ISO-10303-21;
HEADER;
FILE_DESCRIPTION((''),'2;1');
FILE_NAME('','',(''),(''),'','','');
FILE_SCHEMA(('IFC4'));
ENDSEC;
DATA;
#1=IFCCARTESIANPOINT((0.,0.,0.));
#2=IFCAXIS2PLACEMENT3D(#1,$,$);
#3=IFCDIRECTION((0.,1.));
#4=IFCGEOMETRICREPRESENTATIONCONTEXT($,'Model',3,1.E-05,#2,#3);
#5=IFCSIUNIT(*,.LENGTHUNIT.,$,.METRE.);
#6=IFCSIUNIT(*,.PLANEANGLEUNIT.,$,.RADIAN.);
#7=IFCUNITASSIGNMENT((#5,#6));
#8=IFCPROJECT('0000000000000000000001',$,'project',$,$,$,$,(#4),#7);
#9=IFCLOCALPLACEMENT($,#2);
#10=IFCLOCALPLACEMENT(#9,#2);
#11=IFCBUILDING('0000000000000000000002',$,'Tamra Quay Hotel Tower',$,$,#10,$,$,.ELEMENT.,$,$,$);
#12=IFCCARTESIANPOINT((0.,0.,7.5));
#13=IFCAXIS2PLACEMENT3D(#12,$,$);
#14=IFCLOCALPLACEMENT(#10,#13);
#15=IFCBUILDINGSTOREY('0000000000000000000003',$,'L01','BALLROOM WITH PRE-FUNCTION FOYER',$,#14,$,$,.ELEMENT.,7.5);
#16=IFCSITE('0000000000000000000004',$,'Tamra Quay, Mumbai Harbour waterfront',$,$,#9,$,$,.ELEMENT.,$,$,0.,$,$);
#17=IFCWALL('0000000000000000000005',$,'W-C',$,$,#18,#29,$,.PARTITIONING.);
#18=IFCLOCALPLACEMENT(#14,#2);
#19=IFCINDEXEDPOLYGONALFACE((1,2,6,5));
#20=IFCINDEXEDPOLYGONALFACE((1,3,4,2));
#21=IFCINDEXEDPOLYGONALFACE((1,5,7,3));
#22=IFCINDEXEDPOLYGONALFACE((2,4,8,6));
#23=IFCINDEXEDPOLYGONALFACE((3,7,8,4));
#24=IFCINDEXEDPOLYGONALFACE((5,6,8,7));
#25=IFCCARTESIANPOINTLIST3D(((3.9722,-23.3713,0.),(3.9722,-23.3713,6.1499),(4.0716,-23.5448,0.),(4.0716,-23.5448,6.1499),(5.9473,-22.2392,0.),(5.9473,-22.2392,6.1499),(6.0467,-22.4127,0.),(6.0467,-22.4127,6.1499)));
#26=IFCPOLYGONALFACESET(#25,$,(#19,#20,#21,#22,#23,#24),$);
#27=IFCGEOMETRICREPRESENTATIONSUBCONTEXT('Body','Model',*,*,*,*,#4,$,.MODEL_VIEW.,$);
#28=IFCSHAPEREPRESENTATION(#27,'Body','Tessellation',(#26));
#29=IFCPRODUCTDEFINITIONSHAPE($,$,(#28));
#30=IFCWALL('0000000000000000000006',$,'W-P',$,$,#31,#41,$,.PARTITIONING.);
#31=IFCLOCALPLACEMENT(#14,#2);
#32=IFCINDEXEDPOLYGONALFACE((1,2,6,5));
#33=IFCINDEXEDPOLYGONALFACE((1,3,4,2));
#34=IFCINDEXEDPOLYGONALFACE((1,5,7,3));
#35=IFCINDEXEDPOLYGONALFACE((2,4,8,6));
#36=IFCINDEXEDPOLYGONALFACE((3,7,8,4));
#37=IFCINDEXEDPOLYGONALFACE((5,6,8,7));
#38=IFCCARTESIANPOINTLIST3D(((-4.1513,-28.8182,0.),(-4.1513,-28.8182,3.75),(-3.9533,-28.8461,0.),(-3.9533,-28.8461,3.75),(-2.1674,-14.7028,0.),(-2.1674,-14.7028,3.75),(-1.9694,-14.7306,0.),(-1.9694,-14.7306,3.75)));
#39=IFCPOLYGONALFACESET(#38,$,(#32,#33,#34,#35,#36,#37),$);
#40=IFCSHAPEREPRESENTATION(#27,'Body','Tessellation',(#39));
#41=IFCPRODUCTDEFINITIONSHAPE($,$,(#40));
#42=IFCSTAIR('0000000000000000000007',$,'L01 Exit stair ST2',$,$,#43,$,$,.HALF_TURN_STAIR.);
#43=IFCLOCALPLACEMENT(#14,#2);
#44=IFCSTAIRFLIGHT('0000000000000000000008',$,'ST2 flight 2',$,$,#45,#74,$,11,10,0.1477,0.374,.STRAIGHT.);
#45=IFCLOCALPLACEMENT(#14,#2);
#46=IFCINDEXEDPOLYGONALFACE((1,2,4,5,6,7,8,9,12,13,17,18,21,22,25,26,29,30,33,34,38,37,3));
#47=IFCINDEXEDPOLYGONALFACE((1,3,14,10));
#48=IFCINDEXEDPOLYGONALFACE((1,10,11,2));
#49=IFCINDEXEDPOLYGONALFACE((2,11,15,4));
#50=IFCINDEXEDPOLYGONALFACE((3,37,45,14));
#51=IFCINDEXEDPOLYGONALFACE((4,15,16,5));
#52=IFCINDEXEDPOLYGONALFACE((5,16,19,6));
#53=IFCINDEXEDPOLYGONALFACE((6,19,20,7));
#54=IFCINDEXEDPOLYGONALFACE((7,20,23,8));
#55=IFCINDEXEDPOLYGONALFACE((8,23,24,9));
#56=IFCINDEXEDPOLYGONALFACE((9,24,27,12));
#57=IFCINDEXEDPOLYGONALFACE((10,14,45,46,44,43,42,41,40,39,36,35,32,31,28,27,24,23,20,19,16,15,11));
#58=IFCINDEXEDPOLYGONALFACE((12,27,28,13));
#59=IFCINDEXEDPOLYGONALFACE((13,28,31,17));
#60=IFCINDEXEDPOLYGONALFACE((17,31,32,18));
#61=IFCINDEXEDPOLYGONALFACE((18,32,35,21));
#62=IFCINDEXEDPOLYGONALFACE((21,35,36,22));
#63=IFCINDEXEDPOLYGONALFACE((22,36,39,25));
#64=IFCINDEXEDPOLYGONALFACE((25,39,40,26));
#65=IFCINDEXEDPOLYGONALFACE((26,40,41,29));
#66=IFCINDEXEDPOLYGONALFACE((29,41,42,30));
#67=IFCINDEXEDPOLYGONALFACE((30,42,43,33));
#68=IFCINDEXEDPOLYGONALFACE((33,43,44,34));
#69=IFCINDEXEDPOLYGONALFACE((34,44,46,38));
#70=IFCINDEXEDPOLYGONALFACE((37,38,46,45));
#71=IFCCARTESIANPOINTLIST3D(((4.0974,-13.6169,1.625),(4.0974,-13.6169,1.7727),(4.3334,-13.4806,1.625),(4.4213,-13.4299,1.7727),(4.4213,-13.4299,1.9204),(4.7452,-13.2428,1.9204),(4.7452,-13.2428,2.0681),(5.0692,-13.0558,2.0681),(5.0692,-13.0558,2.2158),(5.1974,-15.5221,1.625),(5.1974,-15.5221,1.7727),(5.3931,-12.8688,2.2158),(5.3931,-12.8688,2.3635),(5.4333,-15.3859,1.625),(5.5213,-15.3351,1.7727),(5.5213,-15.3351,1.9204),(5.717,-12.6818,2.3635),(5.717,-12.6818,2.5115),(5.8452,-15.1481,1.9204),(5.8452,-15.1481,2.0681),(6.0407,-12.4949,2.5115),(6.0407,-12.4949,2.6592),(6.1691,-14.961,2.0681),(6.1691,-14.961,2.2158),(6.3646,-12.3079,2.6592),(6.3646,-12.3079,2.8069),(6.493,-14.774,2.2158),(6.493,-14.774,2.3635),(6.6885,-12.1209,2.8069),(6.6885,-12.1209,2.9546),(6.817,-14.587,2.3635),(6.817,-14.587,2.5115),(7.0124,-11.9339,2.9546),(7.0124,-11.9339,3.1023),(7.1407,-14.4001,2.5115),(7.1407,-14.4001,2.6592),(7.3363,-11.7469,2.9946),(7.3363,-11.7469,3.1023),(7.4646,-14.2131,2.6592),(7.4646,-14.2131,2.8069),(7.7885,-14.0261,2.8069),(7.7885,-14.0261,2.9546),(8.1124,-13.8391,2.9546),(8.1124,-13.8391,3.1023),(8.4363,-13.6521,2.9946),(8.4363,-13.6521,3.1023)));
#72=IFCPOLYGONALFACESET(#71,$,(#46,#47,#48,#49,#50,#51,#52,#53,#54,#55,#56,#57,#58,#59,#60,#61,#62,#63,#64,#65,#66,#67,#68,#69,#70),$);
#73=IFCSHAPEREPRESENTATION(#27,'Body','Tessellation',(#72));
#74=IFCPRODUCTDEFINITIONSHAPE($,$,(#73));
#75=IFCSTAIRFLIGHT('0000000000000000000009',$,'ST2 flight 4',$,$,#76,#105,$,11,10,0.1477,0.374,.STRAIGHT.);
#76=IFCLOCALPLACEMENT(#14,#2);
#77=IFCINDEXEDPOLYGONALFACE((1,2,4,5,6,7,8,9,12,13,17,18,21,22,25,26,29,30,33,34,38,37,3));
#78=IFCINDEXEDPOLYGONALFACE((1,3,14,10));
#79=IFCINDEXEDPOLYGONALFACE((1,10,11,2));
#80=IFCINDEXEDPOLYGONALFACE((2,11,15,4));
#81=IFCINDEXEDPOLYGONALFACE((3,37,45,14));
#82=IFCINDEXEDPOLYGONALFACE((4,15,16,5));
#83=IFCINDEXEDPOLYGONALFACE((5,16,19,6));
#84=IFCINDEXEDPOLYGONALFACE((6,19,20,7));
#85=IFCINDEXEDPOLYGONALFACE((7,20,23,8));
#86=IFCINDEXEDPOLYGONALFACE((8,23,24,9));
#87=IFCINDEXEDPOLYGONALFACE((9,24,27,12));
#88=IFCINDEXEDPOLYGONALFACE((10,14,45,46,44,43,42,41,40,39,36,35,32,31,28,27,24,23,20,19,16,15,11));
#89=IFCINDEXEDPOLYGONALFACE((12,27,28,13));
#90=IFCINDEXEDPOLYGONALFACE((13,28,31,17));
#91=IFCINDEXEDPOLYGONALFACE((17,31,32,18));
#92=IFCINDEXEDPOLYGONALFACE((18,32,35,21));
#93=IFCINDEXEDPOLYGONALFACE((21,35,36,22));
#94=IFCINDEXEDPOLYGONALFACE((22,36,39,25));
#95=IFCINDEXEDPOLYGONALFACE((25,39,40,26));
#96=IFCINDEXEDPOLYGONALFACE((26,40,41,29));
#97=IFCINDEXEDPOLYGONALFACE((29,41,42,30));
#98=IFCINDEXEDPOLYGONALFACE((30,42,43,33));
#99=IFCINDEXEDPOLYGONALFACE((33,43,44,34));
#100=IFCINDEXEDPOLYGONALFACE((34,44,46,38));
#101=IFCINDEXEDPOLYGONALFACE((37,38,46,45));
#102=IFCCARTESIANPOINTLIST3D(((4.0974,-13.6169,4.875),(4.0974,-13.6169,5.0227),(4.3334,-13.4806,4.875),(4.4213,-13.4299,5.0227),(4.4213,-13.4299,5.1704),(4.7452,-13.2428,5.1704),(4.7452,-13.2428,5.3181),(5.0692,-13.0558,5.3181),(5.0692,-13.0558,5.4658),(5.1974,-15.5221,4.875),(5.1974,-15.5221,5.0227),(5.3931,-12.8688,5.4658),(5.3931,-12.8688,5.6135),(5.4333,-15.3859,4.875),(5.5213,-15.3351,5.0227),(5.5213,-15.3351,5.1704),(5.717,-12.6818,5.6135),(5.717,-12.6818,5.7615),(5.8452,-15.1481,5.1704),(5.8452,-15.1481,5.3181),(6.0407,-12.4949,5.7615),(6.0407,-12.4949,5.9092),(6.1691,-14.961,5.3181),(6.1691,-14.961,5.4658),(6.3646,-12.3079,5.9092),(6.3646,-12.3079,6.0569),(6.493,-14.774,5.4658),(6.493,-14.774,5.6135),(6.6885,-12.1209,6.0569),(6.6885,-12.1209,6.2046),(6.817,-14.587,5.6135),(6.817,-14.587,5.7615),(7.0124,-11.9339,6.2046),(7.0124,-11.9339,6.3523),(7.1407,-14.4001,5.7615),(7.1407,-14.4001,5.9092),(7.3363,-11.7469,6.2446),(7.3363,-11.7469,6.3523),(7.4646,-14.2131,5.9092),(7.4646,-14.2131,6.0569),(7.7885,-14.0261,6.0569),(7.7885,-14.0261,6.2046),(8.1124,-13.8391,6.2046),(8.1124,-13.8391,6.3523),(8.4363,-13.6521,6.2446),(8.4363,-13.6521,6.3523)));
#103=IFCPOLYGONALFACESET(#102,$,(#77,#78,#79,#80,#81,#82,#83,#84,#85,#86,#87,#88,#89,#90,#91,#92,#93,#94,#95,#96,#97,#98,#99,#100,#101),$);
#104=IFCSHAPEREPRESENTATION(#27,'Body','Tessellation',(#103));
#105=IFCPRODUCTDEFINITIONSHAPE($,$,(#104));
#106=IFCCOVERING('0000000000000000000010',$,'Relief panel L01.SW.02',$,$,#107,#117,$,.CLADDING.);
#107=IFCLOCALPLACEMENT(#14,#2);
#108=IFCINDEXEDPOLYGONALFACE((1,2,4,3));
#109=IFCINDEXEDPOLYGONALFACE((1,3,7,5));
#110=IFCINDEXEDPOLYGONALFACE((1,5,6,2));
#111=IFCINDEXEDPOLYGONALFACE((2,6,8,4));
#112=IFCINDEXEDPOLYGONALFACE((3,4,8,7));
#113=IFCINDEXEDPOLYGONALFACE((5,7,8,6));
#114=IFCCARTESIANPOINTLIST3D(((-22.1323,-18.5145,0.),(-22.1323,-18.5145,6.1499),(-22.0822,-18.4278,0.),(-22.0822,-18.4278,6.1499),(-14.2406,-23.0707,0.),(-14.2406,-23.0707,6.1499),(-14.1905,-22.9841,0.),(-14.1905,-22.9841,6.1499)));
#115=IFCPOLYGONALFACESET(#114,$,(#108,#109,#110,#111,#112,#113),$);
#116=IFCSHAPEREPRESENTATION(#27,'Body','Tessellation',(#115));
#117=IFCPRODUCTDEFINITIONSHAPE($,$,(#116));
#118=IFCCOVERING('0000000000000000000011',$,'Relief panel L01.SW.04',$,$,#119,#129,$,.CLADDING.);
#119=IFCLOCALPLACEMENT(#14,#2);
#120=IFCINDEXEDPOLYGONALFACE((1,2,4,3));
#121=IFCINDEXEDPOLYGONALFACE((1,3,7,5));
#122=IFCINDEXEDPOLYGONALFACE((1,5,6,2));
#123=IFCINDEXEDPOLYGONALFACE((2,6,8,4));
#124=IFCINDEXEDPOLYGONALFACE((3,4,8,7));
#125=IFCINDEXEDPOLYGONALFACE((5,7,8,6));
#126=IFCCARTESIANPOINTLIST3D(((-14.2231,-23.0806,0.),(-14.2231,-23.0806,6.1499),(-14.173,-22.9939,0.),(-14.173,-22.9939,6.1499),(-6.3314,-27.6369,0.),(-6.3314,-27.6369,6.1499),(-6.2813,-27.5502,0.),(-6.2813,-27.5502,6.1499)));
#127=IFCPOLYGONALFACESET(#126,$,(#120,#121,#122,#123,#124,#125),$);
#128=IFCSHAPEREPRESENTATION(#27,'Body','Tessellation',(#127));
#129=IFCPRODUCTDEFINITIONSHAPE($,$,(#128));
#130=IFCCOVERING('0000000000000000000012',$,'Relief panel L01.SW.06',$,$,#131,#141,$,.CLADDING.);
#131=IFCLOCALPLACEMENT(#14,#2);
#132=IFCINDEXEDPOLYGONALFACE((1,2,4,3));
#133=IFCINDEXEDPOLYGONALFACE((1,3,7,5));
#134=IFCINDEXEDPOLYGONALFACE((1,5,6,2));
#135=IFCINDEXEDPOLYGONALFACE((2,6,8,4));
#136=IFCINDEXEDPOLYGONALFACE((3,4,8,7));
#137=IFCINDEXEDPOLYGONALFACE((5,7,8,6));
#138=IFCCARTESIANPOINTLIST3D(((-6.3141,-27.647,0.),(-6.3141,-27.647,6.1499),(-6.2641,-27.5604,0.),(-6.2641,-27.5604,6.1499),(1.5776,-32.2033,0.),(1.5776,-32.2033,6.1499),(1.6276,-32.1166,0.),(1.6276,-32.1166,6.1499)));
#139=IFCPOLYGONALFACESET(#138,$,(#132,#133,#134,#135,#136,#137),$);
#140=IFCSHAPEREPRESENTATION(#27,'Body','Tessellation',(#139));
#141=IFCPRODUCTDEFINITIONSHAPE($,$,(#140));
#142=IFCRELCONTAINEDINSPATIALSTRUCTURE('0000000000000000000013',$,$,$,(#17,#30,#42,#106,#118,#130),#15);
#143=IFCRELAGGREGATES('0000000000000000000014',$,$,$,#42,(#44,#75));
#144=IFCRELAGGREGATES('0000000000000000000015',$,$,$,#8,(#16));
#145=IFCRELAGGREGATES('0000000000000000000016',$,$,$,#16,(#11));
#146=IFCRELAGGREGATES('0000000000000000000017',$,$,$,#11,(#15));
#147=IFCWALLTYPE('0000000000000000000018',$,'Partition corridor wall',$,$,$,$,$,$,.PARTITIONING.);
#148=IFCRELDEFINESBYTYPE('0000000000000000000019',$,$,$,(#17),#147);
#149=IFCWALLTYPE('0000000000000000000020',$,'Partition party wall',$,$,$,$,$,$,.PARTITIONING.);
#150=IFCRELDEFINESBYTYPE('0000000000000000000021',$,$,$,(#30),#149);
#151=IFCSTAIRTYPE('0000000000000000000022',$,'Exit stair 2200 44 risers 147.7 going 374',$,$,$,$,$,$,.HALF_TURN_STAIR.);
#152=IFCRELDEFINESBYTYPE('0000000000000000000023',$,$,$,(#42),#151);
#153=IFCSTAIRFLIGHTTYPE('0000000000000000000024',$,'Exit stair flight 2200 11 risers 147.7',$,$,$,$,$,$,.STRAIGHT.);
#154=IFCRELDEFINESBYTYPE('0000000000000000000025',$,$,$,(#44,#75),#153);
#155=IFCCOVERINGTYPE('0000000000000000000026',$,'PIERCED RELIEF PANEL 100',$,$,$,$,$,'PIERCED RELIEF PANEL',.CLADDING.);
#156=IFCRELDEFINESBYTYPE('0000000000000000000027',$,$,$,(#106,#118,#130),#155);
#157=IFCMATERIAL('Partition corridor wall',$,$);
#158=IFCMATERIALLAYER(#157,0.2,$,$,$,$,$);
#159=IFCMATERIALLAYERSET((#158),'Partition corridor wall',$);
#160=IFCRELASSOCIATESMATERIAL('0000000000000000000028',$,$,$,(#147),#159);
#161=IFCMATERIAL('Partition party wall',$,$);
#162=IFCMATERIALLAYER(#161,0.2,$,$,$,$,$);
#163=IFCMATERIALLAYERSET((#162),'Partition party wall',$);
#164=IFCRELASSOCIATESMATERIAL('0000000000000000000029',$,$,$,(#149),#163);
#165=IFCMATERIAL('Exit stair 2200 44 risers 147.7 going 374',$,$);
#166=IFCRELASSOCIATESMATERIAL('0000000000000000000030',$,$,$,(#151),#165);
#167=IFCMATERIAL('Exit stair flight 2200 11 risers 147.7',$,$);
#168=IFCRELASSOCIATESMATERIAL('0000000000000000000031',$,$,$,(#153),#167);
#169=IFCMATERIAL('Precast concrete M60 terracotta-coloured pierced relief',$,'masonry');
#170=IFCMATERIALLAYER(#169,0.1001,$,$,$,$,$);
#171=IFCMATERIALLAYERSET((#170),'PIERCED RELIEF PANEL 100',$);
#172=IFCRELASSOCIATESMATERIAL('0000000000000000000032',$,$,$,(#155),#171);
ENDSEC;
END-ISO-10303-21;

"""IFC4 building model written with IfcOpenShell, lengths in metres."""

from ifc_helpers import new_model, si_unit, direction, frame, frame_2d, origin, origin_2d, place, context, subcontext, project, spatial, polyline, rectangle, outline, extrude, material, layer, layer_set, type_object, element, aggregate, save


model = new_model("IFC4")

# Units and contexts
model_context = context("Model", 3, precision=1e-05, world=origin(), true_north=direction((0.0, 1.0)))
body_context = subcontext(model_context, "Body", "Model", "MODEL_VIEW")
ifc_project = project(units=[si_unit("LENGTHUNIT", "METRE"), si_unit("PLANEANGLEUNIT", "RADIAN")], contexts=[model_context])

# Site, building, storey
site_placement = place(None, origin())
site = spatial("IfcSite", under=ifc_project, at=site_placement, Name="Tamra Quay, Mumbai Harbour waterfront", CompositionType="ELEMENT", RefElevation=0.0)
building_placement = place(site_placement, origin())
building = spatial("IfcBuilding", under=site, at=building_placement, Name="Tamra Quay Hotel Tower", CompositionType="ELEMENT")
storey_placement = place(building_placement, frame((0.0, 0.0, 7.5)))
storey = spatial("IfcBuildingStorey", under=building, at=storey_placement, Name="L01", Description="BALLROOM WITH PRE-FUNCTION FOYER", CompositionType="ELEMENT", Elevation=7.5)

# Shared definitions
ifc_material_1 = material(Name="Partition corridor wall")
ifc_layer_1 = layer(ifc_material_1, 0.2)
ifc_layer_set_1 = layer_set([ifc_layer_1], Name="Partition corridor wall")
wall_type_1 = type_object("IfcWallType", Name="Partition corridor wall", PredefinedType="PARTITIONING", material=ifc_layer_set_1)

# Walls
wall_1_placement = place(storey_placement, frame((4.022, -23.458, 0.0), z_axis=(0.0, 0.0, 1.0), x_axis=(0.867589, 0.497282, 0.0)))
element("IfcWall", 1, at=wall_1_placement, inside=storey, type_object=wall_type_1, Name="W-C", PredefinedType="PARTITIONING", context=body_context, shape_type="SweptSolid", body=[
    extrude(rectangle(XDim=2.2766, YDim=0.2, at=frame_2d((1.1382, 0.0))), origin(), (0.0, 0.0, 1.0), 6.1499),
])
ifc_material_2 = material(Name="Partition party wall")
ifc_layer_2 = layer(ifc_material_2, 0.2)
ifc_layer_set_2 = layer_set([ifc_layer_2], Name="Partition party wall")
wall_type_2 = type_object("IfcWallType", Name="Partition party wall", PredefinedType="PARTITIONING", material=ifc_layer_set_2)
wall_2_placement = place(storey_placement, frame((-4.0522, -28.832, 0.0), z_axis=(0.0, 0.0, 1.0), x_axis=(0.139179, 0.990267, 0.0)))
element("IfcWall", 2, at=wall_2_placement, inside=storey, type_object=wall_type_2, Name="W-P", PredefinedType="PARTITIONING", context=body_context, shape_type="SweptSolid", body=[
    extrude(rectangle(XDim=14.2542, YDim=0.2, at=frame_2d((7.127, 0.0))), origin(), (0.0, 0.0, 1.0), 3.75),
])

# Stair, stair flights
ifc_material_3 = material(Name="Exit stair 2200 44 risers 147.7 going 374")
stair_type = type_object("IfcStairType", Name="Exit stair 2200 44 risers 147.7 going 374", PredefinedType="HALF_TURN_STAIR", material=ifc_material_3)
stair_placement = place(storey_placement, origin())
stair = element("IfcStair", 3, at=stair_placement, inside=storey, type_object=stair_type, Name="L01 Exit stair ST2", PredefinedType="HALF_TURN_STAIR")
ifc_material_4 = material(Name="Exit stair flight 2200 11 risers 147.7")
stair_flight_type = type_object("IfcStairFlightType", Name="Exit stair flight 2200 11 risers 147.7", PredefinedType="STRAIGHT", material=ifc_material_4)
stair_flight_1_placement = place(storey_placement, frame((4.6475, -14.5696, 1.625), z_axis=(0.0, 0.0, 1.0), x_axis=(0.866025, 0.5, 0.0)))
stair_flight_1 = element("IfcStairFlight", 4, at=stair_flight_1_placement, type_object=stair_flight_type, Name="ST2 flight 2", NumberOfRisers=11, NumberOfTreads=10, PredefinedType="STRAIGHT", RiserHeight=0.1477, TreadLength=0.374, context=body_context, shape_type="SweptSolid", body=[
    extrude(outline(polyline([(0.0, 0.0), (0.0, 0.1477), (0.374, 0.1477), (0.374, 0.2954), (0.748, 0.2954), (0.748, 0.4431), (1.1221, 0.4431), (1.1221, 0.5908), (1.4961, 0.5908), (1.4961, 0.7385), (1.8701, 0.7385), (1.8701, 0.8865), (2.2439, 0.8865), (2.2439, 1.0342), (2.6179, 1.0342), (2.6179, 1.1819), (2.9919, 1.1819), (2.9919, 1.3296), (3.366, 1.3296), (3.366, 1.4773), (3.74, 1.4773), (3.74, 1.625), (3.74, 1.3696), (0.2725, 0.0), (0.0, 0.0)])), frame((0.0, 1.1001, 0.0), z_axis=(0.0, -1.0, 0.0), x_axis=(1.0, 0.0, 0.0)), (0.0, 0.0, 1.0), 2.2),
])
stair_flight_2_placement = place(storey_placement, frame((4.6475, -14.5696, 4.875), z_axis=(0.0, 0.0, 1.0), x_axis=(0.866025, 0.5, 0.0)))
stair_flight_2 = element("IfcStairFlight", 5, at=stair_flight_2_placement, type_object=stair_flight_type, Name="ST2 flight 4", NumberOfRisers=11, NumberOfTreads=10, PredefinedType="STRAIGHT", RiserHeight=0.1477, TreadLength=0.374, context=body_context, shape_type="SweptSolid", body=[
    extrude(outline(polyline([(0.0, 0.0), (0.0, 0.1477), (0.374, 0.1477), (0.374, 0.2954), (0.748, 0.2954), (0.748, 0.4431), (1.1221, 0.4431), (1.1221, 0.5908), (1.4961, 0.5908), (1.4961, 0.7385), (1.8701, 0.7385), (1.8701, 0.8865), (2.2439, 0.8865), (2.2439, 1.0342), (2.6179, 1.0342), (2.6179, 1.1819), (2.9919, 1.1819), (2.9919, 1.3296), (3.366, 1.3296), (3.366, 1.4773), (3.74, 1.4773), (3.74, 1.625), (3.74, 1.3696), (0.2725, 0.0), (0.0, 0.0)])), frame((0.0, 1.1001, 0.0), z_axis=(0.0, -1.0, 0.0), x_axis=(1.0, 0.0, 0.0)), (0.0, 0.0, 1.0), 2.2),
])
aggregate(stair, [stair_flight_1, stair_flight_2])

# Coverings
ifc_material_5 = material(Name="Precast concrete M60 terracotta-coloured pierced relief", Category="masonry")
ifc_layer_3 = layer(ifc_material_5, 0.1001)
ifc_layer_set_3 = layer_set([ifc_layer_3], Name="PIERCED RELIEF PANEL 100")
covering_type = type_object("IfcCoveringType", Name="PIERCED RELIEF PANEL 100", ElementType="PIERCED RELIEF PANEL", PredefinedType="CLADDING", material=ifc_layer_set_3)
for number, where, z_axis, x_axis, name in (
    (6, (-18.1614, -20.7493, 0.0), (0.0, 0.0, 1.0), (0.866025, -0.5, 0.0), "Relief panel L01.SW.02"),
    (7, (-10.2522, -25.3154, 0.0), (0.0, 0.0, 1.0), (0.866025, -0.5, 0.0), "Relief panel L01.SW.04"),
    (8, (-2.3433, -29.8818, 0.0), (0.0, 0.0, 1.0), (0.866025, -0.5, 0.0), "Relief panel L01.SW.06"),
):
    element("IfcCovering", number, at=place(storey_placement, frame(where, z_axis=z_axis, x_axis=x_axis)), inside=storey, type_object=covering_type, Name=name, PredefinedType="CLADDING", context=body_context, shape_type="SweptSolid", body=[
        extrude(rectangle(XDim=9.1125, YDim=0.1001, at=origin_2d()), origin(), (0.0, 0.0, 1.0), 6.1499),
    ])

save(model, "model.ifc")
